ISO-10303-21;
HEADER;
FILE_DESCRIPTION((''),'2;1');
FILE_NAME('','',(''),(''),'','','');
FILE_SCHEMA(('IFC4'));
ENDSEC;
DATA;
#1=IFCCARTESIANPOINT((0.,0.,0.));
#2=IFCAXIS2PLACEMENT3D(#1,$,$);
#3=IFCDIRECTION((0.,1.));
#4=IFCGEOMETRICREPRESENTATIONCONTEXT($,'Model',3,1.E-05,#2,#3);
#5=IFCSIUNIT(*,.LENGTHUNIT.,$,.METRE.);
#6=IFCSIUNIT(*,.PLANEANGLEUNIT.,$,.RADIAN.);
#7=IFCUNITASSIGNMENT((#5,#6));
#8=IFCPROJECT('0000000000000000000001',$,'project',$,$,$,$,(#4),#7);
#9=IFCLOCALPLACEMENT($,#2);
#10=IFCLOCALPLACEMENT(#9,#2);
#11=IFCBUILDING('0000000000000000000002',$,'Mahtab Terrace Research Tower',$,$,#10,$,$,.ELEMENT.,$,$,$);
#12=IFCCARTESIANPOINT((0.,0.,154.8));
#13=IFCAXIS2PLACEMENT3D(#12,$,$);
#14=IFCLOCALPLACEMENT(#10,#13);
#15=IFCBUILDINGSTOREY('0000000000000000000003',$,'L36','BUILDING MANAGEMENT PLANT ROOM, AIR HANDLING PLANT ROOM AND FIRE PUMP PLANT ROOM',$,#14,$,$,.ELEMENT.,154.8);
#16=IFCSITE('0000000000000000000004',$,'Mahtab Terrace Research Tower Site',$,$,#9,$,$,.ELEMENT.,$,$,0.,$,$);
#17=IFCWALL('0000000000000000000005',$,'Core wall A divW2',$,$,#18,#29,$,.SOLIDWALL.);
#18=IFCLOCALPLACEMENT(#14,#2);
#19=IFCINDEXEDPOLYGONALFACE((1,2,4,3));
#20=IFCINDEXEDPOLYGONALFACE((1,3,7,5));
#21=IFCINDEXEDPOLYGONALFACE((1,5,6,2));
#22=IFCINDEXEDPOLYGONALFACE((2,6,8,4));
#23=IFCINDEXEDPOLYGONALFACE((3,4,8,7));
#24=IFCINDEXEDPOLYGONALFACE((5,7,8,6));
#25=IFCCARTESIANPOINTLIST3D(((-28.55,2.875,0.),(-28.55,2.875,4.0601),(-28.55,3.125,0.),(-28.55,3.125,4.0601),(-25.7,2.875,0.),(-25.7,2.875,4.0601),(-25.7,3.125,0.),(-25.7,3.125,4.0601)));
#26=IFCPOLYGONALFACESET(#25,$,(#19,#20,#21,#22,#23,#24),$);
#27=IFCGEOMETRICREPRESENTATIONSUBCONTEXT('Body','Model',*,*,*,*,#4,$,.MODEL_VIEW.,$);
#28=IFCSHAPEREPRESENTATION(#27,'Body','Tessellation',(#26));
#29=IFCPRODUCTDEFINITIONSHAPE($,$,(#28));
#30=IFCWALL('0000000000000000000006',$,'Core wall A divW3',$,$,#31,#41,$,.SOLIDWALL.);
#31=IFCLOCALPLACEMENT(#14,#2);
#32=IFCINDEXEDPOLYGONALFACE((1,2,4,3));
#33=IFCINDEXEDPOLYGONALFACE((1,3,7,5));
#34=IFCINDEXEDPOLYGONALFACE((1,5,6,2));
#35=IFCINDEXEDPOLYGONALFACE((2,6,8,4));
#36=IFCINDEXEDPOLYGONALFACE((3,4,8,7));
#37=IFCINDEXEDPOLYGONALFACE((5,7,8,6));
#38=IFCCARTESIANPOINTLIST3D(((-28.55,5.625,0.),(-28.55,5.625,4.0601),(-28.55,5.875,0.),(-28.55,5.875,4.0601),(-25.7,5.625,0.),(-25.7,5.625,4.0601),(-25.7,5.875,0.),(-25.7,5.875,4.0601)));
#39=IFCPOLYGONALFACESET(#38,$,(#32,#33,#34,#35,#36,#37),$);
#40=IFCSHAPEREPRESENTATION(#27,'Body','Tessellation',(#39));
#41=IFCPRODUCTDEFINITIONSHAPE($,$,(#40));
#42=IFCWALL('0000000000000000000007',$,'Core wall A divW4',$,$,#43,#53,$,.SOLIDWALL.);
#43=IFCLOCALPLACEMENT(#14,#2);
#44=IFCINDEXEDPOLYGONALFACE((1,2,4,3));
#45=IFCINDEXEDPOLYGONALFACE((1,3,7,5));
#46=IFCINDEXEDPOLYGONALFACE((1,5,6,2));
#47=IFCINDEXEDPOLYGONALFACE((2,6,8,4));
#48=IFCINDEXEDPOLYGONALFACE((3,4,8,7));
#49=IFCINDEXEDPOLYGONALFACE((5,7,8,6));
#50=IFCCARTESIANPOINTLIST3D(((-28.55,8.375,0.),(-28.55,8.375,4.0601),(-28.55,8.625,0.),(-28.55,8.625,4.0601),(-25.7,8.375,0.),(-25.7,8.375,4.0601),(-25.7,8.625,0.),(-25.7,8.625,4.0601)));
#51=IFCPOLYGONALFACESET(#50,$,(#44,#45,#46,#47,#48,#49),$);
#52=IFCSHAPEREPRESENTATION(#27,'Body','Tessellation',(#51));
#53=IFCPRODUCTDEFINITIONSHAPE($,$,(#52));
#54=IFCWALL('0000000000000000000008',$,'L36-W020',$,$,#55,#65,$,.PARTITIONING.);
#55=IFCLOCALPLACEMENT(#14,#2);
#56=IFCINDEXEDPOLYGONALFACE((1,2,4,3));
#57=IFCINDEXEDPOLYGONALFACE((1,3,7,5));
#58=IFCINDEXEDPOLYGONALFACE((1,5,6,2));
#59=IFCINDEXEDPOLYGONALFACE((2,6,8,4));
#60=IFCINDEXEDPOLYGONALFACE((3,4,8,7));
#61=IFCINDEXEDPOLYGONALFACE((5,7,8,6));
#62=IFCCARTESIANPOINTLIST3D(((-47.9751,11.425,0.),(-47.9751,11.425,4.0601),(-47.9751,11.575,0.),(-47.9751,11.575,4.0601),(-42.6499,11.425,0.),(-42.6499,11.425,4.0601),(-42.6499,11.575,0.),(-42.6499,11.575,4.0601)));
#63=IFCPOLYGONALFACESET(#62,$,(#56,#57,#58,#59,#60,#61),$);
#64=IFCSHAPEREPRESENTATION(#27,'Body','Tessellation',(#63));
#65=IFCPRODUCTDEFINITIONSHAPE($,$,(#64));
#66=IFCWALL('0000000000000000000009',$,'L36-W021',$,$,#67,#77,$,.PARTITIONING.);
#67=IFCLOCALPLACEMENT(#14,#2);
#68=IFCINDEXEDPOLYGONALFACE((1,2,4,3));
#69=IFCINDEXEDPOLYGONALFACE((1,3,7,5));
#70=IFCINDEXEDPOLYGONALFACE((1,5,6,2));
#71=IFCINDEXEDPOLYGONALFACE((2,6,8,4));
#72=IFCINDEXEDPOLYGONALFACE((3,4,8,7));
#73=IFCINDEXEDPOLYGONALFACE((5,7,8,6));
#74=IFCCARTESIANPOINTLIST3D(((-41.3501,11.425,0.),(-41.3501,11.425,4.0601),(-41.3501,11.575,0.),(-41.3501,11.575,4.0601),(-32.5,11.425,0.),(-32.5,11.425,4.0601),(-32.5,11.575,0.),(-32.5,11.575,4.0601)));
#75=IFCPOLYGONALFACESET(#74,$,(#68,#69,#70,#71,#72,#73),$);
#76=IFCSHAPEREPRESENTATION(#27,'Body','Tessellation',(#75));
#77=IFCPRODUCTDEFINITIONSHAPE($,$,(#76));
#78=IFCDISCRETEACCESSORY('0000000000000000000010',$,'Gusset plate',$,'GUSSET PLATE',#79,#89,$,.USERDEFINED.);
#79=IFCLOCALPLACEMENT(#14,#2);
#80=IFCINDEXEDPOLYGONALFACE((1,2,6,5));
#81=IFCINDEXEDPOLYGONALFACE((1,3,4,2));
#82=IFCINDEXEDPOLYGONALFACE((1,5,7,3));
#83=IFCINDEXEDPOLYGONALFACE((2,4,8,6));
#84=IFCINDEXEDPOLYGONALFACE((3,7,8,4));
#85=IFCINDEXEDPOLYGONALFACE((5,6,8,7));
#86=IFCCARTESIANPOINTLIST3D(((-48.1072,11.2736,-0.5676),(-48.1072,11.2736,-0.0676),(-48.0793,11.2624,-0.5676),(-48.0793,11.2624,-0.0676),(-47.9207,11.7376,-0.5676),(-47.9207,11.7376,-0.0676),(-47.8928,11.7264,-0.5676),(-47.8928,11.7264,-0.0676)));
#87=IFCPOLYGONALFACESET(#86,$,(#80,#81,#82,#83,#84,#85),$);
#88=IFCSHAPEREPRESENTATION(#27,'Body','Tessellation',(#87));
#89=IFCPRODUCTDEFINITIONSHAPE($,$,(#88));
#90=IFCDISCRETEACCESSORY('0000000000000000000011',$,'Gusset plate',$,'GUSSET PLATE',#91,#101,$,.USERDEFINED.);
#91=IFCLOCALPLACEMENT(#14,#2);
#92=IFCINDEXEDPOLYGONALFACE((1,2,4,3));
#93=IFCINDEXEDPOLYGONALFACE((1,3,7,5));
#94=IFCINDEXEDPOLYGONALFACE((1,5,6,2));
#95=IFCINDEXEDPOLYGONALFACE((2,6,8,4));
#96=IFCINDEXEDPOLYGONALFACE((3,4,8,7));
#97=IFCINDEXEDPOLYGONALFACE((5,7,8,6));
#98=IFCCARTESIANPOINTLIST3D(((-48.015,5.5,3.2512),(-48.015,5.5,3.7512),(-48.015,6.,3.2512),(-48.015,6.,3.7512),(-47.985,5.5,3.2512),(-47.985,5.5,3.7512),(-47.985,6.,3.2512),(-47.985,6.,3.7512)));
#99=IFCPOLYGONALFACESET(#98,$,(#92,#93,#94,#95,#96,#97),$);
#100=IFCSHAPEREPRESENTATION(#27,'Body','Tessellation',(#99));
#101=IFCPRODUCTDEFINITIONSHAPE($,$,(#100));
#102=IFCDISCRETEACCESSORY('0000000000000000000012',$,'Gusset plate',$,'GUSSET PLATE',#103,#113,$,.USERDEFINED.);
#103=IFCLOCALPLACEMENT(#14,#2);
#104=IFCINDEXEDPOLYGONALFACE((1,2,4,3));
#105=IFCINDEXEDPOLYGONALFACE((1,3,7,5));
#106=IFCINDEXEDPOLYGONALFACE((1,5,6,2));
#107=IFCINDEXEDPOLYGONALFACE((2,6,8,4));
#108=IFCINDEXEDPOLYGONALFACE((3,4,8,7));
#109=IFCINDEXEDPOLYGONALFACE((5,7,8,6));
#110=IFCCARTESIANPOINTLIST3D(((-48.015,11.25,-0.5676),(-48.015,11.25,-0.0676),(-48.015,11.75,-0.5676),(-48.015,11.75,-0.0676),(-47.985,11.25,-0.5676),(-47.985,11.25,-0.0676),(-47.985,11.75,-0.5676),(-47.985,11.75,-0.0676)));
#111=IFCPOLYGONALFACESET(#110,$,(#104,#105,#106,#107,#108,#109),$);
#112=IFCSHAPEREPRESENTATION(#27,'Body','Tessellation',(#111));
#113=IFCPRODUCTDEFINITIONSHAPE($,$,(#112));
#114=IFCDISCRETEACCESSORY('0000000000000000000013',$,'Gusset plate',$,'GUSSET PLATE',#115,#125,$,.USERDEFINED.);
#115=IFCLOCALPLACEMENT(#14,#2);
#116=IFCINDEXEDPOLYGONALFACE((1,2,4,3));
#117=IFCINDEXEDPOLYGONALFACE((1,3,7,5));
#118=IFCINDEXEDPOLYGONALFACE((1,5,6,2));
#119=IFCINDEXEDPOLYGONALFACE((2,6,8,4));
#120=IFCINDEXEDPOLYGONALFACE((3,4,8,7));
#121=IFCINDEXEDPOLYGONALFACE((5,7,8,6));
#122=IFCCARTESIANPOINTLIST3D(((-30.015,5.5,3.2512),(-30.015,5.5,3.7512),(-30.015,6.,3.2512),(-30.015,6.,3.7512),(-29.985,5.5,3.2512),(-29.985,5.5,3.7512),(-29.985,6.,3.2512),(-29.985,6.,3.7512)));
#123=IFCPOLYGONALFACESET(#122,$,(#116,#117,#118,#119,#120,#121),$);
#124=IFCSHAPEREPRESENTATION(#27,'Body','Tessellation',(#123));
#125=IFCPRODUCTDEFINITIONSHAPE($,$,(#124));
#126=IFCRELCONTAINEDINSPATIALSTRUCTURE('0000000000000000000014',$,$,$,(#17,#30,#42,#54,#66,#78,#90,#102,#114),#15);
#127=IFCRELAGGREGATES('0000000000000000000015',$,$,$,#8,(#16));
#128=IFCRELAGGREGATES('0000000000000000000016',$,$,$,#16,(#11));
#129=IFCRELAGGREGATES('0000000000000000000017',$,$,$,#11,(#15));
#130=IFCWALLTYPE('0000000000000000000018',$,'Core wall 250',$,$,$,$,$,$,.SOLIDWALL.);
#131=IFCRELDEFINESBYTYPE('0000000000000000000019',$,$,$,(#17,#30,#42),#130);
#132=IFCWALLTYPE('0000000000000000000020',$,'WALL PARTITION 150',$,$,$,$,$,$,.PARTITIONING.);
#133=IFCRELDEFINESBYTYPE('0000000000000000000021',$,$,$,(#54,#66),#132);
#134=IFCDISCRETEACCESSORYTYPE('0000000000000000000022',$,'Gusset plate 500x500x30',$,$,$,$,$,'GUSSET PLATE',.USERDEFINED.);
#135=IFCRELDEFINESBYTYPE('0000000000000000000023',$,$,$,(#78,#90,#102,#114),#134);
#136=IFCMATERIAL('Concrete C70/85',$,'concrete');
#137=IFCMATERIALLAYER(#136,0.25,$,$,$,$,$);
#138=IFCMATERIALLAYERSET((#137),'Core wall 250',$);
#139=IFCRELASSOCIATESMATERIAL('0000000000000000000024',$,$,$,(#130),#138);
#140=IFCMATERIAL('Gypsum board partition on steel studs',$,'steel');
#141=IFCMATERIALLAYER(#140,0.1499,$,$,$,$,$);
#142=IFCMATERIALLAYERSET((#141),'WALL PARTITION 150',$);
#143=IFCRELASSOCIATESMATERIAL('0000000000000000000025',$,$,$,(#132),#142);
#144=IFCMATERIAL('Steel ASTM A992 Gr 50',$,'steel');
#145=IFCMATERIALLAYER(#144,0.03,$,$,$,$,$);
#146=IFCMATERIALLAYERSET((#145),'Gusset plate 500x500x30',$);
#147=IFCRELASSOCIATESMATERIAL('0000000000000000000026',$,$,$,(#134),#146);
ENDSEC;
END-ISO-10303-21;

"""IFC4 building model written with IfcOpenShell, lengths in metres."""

from ifc_helpers import new_model, si_unit, direction, frame, frame_2d, origin, origin_2d, place, context, subcontext, project, spatial, rectangle, extrude, material, layer, layer_set, type_object, element, save


model = new_model("IFC4")

# Units and contexts
model_context = context("Model", 3, precision=1e-05, world=origin(), true_north=direction((0.0, 1.0)))
body_context = subcontext(model_context, "Body", "Model", "MODEL_VIEW")
ifc_project = project(units=[si_unit("LENGTHUNIT", "METRE"), si_unit("PLANEANGLEUNIT", "RADIAN")], contexts=[model_context])

# Site, building, storey
site_placement = place(None, origin())
site = spatial("IfcSite", under=ifc_project, at=site_placement, Name="Mahtab Terrace Research Tower Site", CompositionType="ELEMENT", RefElevation=0.0)
building_placement = place(site_placement, origin())
building = spatial("IfcBuilding", under=site, at=building_placement, Name="Mahtab Terrace Research Tower", CompositionType="ELEMENT")
storey_placement = place(building_placement, frame((0.0, 0.0, 154.8)))
storey = spatial("IfcBuildingStorey", under=building, at=storey_placement, Name="L36", Description="BUILDING MANAGEMENT PLANT ROOM, AIR HANDLING PLANT ROOM AND FIRE PUMP PLANT ROOM", CompositionType="ELEMENT", Elevation=154.8)

# Shared definitions
ifc_material_1 = material(Name="Concrete C70/85", Category="concrete")
ifc_material_2 = material(Name="Steel ASTM A992 Gr 50", Category="steel")

# Walls
ifc_layer_1 = layer(ifc_material_1, 0.25)
ifc_layer_set_1 = layer_set([ifc_layer_1], Name="Core wall 250")
wall_type_1 = type_object("IfcWallType", Name="Core wall 250", PredefinedType="SOLIDWALL", material=ifc_layer_set_1)
for number, where, z_axis, x_axis, name in (
    (1, (-28.55, 3.0, 0.0), (0.0, 0.0, 1.0), (1.0, 0.0, 0.0), "Core wall A divW2"),
    (2, (-28.55, 5.75, 0.0), (0.0, 0.0, 1.0), (1.0, 0.0, 0.0), "Core wall A divW3"),
    (3, (-28.55, 8.5, 0.0), (0.0, 0.0, 1.0), (1.0, 0.0, 0.0), "Core wall A divW4"),
):
    element("IfcWall", number, at=place(storey_placement, frame(where, z_axis=z_axis, x_axis=x_axis)), inside=storey, type_object=wall_type_1, Name=name, PredefinedType="SOLIDWALL", context=body_context, shape_type="SweptSolid", body=[
        extrude(rectangle(XDim=2.8501, YDim=0.25, at=frame_2d((1.425, 0.0))), origin(), (0.0, 0.0, 1.0), 4.0601),
    ])
ifc_material_3 = material(Name="Gypsum board partition on steel studs", Category="steel")
ifc_layer_2 = layer(ifc_material_3, 0.1499)
ifc_layer_set_2 = layer_set([ifc_layer_2], Name="WALL PARTITION 150")
wall_type_2 = type_object("IfcWallType", Name="WALL PARTITION 150", PredefinedType="PARTITIONING", material=ifc_layer_set_2)
wall_1_placement = place(storey_placement, frame((-47.9751, 11.5, 0.0), z_axis=(0.0, 0.0, 1.0), x_axis=(1.0, 0.0, 0.0)))
element("IfcWall", 4, at=wall_1_placement, inside=storey, type_object=wall_type_2, Name="L36-W020", PredefinedType="PARTITIONING", context=body_context, shape_type="SweptSolid", body=[
    extrude(rectangle(XDim=5.3252, YDim=0.1499, at=frame_2d((2.6626, 0.0))), origin(), (0.0, 0.0, 1.0), 4.0601),
])
wall_2_placement = place(storey_placement, frame((-41.3501, 11.5, 0.0), z_axis=(0.0, 0.0, 1.0), x_axis=(1.0, 0.0, 0.0)))
element("IfcWall", 5, at=wall_2_placement, inside=storey, type_object=wall_type_2, Name="L36-W021", PredefinedType="PARTITIONING", context=body_context, shape_type="SweptSolid", body=[
    extrude(rectangle(XDim=8.8501, YDim=0.1499, at=frame_2d((4.425, 0.0))), origin(), (0.0, 0.0, 1.0), 4.0601),
])

# Discrete accessories
ifc_layer_3 = layer(ifc_material_2, 0.03)
ifc_layer_set_3 = layer_set([ifc_layer_3], Name="Gusset plate 500x500x30")
discrete_accessory_type = type_object("IfcDiscreteAccessoryType", Name="Gusset plate 500x500x30", ElementType="GUSSET PLATE", PredefinedType="USERDEFINED", material=ifc_layer_set_3)
for number, where, z_axis, x_axis, name in (
    (6, (-48.0, 11.5, -0.5676), (0.0, 0.0, 1.0), (0.373036, 0.927817, 0.0), "Gusset plate"),
    (7, (-48.0, 5.75, 3.2512), (0.0, 0.0, 1.0), (0.0, 1.0, 0.0), "Gusset plate"),
    (8, (-48.0, 11.5, -0.5676), (0.0, 0.0, 1.0), (0.0, 1.0, 0.0), "Gusset plate"),
    (9, (-30.0, 5.75, 3.2512), (0.0, 0.0, 1.0), (0.0, 1.0, 0.0), "Gusset plate"),
):
    element("IfcDiscreteAccessory", number, at=place(storey_placement, frame(where, z_axis=z_axis, x_axis=x_axis)), inside=storey, type_object=discrete_accessory_type, Name=name, ObjectType="GUSSET PLATE", PredefinedType="USERDEFINED", context=body_context, shape_type="SweptSolid", body=[
        extrude(rectangle(XDim=0.5, YDim=0.03, at=origin_2d()), origin(), (0.0, 0.0, 1.0), 0.5),
    ])

save(model, "model.ifc")
